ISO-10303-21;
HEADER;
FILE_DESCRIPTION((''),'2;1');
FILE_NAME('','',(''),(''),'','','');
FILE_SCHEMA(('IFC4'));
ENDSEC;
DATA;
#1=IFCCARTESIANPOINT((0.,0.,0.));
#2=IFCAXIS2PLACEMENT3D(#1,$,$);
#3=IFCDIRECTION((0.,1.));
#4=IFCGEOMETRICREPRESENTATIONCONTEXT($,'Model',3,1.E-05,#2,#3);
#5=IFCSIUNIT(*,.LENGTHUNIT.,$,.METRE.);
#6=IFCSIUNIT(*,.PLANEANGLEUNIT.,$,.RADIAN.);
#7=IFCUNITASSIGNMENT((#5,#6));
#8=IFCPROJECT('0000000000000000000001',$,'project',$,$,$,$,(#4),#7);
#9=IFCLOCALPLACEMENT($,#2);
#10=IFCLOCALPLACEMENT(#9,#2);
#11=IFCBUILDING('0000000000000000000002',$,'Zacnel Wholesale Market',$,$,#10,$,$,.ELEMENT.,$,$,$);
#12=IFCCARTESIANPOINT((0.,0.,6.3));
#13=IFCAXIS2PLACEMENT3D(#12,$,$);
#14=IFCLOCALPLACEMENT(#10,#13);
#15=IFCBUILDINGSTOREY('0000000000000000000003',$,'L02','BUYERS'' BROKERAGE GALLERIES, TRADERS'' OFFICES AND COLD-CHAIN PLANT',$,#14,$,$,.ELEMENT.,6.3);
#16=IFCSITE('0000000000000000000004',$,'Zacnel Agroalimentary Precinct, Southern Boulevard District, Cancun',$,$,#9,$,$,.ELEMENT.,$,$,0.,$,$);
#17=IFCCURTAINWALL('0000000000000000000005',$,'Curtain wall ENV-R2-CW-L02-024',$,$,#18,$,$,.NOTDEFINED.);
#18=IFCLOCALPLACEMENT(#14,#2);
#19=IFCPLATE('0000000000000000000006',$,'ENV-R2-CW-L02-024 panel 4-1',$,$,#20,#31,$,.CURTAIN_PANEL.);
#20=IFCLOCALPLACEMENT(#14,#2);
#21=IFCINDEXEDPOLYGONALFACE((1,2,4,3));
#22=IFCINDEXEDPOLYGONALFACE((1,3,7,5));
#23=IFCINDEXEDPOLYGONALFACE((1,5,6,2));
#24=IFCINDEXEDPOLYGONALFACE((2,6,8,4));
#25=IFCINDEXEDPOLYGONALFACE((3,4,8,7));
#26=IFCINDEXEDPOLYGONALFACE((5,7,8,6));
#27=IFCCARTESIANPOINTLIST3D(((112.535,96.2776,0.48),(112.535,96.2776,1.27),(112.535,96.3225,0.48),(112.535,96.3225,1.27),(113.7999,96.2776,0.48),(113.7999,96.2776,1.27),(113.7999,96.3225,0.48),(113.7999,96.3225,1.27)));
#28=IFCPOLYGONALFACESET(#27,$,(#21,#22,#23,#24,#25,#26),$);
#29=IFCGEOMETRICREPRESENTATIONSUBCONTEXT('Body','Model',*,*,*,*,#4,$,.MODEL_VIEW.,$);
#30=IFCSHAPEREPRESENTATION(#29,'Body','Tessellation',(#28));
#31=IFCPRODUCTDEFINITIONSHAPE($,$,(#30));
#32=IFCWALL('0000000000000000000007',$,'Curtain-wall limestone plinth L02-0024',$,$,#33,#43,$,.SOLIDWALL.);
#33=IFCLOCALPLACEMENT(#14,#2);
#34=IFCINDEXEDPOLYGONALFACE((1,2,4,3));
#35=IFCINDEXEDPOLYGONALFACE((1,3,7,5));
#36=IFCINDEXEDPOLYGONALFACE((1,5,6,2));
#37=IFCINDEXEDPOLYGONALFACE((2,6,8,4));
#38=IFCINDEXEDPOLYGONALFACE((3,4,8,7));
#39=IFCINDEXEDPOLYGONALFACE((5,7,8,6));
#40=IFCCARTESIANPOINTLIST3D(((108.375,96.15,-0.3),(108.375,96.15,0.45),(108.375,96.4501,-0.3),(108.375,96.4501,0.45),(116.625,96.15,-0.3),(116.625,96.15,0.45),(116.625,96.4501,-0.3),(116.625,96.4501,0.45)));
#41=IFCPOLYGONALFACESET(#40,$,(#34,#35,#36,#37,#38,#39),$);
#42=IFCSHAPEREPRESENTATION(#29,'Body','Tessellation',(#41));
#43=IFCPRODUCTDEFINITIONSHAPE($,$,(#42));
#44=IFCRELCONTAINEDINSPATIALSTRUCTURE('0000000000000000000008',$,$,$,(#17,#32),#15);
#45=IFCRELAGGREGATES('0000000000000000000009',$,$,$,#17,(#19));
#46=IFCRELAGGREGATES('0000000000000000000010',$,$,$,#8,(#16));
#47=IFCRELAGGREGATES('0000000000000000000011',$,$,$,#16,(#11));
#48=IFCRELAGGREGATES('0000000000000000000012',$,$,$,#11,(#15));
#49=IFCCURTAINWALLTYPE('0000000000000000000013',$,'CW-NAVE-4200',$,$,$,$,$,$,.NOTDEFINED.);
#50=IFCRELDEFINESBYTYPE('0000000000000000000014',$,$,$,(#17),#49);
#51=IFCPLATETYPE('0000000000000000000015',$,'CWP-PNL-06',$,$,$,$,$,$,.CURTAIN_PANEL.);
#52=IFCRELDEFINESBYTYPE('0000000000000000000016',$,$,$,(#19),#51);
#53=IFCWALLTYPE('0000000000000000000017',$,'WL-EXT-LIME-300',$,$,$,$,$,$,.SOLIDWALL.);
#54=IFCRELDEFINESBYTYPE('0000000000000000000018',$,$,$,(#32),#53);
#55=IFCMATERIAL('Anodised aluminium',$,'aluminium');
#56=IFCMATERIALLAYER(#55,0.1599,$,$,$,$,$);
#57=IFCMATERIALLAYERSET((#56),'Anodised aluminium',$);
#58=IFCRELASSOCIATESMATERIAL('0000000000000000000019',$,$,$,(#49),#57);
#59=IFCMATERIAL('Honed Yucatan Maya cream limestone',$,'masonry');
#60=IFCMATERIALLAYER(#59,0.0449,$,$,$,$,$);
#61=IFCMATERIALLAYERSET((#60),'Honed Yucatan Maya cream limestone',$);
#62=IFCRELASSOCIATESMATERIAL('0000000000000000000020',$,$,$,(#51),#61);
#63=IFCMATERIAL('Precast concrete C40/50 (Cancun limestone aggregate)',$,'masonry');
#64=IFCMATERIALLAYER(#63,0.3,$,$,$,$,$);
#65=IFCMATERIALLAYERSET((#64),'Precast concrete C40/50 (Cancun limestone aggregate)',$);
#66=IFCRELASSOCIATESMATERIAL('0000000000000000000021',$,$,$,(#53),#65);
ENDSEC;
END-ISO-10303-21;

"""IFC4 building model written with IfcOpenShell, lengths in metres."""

from ifc_helpers import new_model, si_unit, direction, frame, frame_2d, origin, origin_2d, place, context, subcontext, project, spatial, rectangle, extrude, material, layer, layer_set, type_object, element, aggregate, save


model = new_model("IFC4")

# Units and contexts
model_context = context("Model", 3, precision=1e-05, world=origin(), true_north=direction((0.0, 1.0)))
body_context = subcontext(model_context, "Body", "Model", "MODEL_VIEW")
ifc_project = project(units=[si_unit("LENGTHUNIT", "METRE"), si_unit("PLANEANGLEUNIT", "RADIAN")], contexts=[model_context])

# Site, building, storey
site_placement = place(None, origin())
site = spatial("IfcSite", under=ifc_project, at=site_placement, Name="Zacnel Agroalimentary Precinct, Southern Boulevard District, Cancun", CompositionType="ELEMENT", RefElevation=0.0)
building_placement = place(site_placement, origin())
building = spatial("IfcBuilding", under=site, at=building_placement, Name="Zacnel Wholesale Market", CompositionType="ELEMENT")
storey_placement = place(building_placement, frame((0.0, 0.0, 6.3)))
storey = spatial("IfcBuildingStorey", under=building, at=storey_placement, Name="L02", Description="BUYERS' BROKERAGE GALLERIES, TRADERS' OFFICES AND COLD-CHAIN PLANT", CompositionType="ELEMENT", Elevation=6.3)

# Curtain wall, plate
ifc_material_1 = material(Name="Anodised aluminium", Category="aluminium")
ifc_layer_1 = layer(ifc_material_1, 0.1599)
ifc_layer_set_1 = layer_set([ifc_layer_1], Name="Anodised aluminium")
curtain_wall_type = type_object("IfcCurtainWallType", Name="CW-NAVE-4200", PredefinedType="NOTDEFINED", material=ifc_layer_set_1)
curtain_wall_placement = place(storey_placement, origin())
curtain_wall = element("IfcCurtainWall", 1, at=curtain_wall_placement, inside=storey, type_object=curtain_wall_type, Name="Curtain wall ENV-R2-CW-L02-024", PredefinedType="NOTDEFINED")
ifc_material_2 = material(Name="Honed Yucatan Maya cream limestone", Category="masonry")
ifc_layer_2 = layer(ifc_material_2, 0.0449)
ifc_layer_set_2 = layer_set([ifc_layer_2], Name="Honed Yucatan Maya cream limestone")
plate_type_1 = type_object("IfcPlateType", Name="CWP-PNL-06", PredefinedType="CURTAIN_PANEL", material=ifc_layer_set_2)
plate_1_placement = place(storey_placement, frame((113.1675, 96.3, 0.48), z_axis=(0.0, 0.0, 1.0), x_axis=(1.0, 0.0, 0.0)))
plate_1 = element("IfcPlate", 2, at=plate_1_placement, type_object=plate_type_1, Name="ENV-R2-CW-L02-024 panel 4-1", PredefinedType="CURTAIN_PANEL", context=body_context, shape_type="SweptSolid", body=[
    extrude(rectangle(XDim=1.2649, YDim=0.0449, at=origin_2d()), origin(), (0.0, 0.0, 1.0), 0.79),
])
aggregate(curtain_wall, [plate_1])

# Wall
ifc_material_3 = material(Name="Precast concrete C40/50 (Cancun limestone aggregate)", Category="masonry")
ifc_layer_3 = layer(ifc_material_3, 0.3)
ifc_layer_set_3 = layer_set([ifc_layer_3], Name="Precast concrete C40/50 (Cancun limestone aggregate)")
wall_type = type_object("IfcWallType", Name="WL-EXT-LIME-300", PredefinedType="SOLIDWALL", material=ifc_layer_set_3)
wall_placement = place(storey_placement, frame((108.375, 96.3, -0.3), z_axis=(0.0, 0.0, 1.0), x_axis=(1.0, 0.0, 0.0)))
element("IfcWall", 3, at=wall_placement, inside=storey, type_object=wall_type, Name="Curtain-wall limestone plinth L02-0024", PredefinedType="SOLIDWALL", context=body_context, shape_type="SweptSolid", body=[
    extrude(rectangle(XDim=8.25, YDim=0.3, at=frame_2d((4.125, 0.0))), origin(), (0.0, 0.0, 1.0), 0.75),
])

save(model, "model.ifc")
